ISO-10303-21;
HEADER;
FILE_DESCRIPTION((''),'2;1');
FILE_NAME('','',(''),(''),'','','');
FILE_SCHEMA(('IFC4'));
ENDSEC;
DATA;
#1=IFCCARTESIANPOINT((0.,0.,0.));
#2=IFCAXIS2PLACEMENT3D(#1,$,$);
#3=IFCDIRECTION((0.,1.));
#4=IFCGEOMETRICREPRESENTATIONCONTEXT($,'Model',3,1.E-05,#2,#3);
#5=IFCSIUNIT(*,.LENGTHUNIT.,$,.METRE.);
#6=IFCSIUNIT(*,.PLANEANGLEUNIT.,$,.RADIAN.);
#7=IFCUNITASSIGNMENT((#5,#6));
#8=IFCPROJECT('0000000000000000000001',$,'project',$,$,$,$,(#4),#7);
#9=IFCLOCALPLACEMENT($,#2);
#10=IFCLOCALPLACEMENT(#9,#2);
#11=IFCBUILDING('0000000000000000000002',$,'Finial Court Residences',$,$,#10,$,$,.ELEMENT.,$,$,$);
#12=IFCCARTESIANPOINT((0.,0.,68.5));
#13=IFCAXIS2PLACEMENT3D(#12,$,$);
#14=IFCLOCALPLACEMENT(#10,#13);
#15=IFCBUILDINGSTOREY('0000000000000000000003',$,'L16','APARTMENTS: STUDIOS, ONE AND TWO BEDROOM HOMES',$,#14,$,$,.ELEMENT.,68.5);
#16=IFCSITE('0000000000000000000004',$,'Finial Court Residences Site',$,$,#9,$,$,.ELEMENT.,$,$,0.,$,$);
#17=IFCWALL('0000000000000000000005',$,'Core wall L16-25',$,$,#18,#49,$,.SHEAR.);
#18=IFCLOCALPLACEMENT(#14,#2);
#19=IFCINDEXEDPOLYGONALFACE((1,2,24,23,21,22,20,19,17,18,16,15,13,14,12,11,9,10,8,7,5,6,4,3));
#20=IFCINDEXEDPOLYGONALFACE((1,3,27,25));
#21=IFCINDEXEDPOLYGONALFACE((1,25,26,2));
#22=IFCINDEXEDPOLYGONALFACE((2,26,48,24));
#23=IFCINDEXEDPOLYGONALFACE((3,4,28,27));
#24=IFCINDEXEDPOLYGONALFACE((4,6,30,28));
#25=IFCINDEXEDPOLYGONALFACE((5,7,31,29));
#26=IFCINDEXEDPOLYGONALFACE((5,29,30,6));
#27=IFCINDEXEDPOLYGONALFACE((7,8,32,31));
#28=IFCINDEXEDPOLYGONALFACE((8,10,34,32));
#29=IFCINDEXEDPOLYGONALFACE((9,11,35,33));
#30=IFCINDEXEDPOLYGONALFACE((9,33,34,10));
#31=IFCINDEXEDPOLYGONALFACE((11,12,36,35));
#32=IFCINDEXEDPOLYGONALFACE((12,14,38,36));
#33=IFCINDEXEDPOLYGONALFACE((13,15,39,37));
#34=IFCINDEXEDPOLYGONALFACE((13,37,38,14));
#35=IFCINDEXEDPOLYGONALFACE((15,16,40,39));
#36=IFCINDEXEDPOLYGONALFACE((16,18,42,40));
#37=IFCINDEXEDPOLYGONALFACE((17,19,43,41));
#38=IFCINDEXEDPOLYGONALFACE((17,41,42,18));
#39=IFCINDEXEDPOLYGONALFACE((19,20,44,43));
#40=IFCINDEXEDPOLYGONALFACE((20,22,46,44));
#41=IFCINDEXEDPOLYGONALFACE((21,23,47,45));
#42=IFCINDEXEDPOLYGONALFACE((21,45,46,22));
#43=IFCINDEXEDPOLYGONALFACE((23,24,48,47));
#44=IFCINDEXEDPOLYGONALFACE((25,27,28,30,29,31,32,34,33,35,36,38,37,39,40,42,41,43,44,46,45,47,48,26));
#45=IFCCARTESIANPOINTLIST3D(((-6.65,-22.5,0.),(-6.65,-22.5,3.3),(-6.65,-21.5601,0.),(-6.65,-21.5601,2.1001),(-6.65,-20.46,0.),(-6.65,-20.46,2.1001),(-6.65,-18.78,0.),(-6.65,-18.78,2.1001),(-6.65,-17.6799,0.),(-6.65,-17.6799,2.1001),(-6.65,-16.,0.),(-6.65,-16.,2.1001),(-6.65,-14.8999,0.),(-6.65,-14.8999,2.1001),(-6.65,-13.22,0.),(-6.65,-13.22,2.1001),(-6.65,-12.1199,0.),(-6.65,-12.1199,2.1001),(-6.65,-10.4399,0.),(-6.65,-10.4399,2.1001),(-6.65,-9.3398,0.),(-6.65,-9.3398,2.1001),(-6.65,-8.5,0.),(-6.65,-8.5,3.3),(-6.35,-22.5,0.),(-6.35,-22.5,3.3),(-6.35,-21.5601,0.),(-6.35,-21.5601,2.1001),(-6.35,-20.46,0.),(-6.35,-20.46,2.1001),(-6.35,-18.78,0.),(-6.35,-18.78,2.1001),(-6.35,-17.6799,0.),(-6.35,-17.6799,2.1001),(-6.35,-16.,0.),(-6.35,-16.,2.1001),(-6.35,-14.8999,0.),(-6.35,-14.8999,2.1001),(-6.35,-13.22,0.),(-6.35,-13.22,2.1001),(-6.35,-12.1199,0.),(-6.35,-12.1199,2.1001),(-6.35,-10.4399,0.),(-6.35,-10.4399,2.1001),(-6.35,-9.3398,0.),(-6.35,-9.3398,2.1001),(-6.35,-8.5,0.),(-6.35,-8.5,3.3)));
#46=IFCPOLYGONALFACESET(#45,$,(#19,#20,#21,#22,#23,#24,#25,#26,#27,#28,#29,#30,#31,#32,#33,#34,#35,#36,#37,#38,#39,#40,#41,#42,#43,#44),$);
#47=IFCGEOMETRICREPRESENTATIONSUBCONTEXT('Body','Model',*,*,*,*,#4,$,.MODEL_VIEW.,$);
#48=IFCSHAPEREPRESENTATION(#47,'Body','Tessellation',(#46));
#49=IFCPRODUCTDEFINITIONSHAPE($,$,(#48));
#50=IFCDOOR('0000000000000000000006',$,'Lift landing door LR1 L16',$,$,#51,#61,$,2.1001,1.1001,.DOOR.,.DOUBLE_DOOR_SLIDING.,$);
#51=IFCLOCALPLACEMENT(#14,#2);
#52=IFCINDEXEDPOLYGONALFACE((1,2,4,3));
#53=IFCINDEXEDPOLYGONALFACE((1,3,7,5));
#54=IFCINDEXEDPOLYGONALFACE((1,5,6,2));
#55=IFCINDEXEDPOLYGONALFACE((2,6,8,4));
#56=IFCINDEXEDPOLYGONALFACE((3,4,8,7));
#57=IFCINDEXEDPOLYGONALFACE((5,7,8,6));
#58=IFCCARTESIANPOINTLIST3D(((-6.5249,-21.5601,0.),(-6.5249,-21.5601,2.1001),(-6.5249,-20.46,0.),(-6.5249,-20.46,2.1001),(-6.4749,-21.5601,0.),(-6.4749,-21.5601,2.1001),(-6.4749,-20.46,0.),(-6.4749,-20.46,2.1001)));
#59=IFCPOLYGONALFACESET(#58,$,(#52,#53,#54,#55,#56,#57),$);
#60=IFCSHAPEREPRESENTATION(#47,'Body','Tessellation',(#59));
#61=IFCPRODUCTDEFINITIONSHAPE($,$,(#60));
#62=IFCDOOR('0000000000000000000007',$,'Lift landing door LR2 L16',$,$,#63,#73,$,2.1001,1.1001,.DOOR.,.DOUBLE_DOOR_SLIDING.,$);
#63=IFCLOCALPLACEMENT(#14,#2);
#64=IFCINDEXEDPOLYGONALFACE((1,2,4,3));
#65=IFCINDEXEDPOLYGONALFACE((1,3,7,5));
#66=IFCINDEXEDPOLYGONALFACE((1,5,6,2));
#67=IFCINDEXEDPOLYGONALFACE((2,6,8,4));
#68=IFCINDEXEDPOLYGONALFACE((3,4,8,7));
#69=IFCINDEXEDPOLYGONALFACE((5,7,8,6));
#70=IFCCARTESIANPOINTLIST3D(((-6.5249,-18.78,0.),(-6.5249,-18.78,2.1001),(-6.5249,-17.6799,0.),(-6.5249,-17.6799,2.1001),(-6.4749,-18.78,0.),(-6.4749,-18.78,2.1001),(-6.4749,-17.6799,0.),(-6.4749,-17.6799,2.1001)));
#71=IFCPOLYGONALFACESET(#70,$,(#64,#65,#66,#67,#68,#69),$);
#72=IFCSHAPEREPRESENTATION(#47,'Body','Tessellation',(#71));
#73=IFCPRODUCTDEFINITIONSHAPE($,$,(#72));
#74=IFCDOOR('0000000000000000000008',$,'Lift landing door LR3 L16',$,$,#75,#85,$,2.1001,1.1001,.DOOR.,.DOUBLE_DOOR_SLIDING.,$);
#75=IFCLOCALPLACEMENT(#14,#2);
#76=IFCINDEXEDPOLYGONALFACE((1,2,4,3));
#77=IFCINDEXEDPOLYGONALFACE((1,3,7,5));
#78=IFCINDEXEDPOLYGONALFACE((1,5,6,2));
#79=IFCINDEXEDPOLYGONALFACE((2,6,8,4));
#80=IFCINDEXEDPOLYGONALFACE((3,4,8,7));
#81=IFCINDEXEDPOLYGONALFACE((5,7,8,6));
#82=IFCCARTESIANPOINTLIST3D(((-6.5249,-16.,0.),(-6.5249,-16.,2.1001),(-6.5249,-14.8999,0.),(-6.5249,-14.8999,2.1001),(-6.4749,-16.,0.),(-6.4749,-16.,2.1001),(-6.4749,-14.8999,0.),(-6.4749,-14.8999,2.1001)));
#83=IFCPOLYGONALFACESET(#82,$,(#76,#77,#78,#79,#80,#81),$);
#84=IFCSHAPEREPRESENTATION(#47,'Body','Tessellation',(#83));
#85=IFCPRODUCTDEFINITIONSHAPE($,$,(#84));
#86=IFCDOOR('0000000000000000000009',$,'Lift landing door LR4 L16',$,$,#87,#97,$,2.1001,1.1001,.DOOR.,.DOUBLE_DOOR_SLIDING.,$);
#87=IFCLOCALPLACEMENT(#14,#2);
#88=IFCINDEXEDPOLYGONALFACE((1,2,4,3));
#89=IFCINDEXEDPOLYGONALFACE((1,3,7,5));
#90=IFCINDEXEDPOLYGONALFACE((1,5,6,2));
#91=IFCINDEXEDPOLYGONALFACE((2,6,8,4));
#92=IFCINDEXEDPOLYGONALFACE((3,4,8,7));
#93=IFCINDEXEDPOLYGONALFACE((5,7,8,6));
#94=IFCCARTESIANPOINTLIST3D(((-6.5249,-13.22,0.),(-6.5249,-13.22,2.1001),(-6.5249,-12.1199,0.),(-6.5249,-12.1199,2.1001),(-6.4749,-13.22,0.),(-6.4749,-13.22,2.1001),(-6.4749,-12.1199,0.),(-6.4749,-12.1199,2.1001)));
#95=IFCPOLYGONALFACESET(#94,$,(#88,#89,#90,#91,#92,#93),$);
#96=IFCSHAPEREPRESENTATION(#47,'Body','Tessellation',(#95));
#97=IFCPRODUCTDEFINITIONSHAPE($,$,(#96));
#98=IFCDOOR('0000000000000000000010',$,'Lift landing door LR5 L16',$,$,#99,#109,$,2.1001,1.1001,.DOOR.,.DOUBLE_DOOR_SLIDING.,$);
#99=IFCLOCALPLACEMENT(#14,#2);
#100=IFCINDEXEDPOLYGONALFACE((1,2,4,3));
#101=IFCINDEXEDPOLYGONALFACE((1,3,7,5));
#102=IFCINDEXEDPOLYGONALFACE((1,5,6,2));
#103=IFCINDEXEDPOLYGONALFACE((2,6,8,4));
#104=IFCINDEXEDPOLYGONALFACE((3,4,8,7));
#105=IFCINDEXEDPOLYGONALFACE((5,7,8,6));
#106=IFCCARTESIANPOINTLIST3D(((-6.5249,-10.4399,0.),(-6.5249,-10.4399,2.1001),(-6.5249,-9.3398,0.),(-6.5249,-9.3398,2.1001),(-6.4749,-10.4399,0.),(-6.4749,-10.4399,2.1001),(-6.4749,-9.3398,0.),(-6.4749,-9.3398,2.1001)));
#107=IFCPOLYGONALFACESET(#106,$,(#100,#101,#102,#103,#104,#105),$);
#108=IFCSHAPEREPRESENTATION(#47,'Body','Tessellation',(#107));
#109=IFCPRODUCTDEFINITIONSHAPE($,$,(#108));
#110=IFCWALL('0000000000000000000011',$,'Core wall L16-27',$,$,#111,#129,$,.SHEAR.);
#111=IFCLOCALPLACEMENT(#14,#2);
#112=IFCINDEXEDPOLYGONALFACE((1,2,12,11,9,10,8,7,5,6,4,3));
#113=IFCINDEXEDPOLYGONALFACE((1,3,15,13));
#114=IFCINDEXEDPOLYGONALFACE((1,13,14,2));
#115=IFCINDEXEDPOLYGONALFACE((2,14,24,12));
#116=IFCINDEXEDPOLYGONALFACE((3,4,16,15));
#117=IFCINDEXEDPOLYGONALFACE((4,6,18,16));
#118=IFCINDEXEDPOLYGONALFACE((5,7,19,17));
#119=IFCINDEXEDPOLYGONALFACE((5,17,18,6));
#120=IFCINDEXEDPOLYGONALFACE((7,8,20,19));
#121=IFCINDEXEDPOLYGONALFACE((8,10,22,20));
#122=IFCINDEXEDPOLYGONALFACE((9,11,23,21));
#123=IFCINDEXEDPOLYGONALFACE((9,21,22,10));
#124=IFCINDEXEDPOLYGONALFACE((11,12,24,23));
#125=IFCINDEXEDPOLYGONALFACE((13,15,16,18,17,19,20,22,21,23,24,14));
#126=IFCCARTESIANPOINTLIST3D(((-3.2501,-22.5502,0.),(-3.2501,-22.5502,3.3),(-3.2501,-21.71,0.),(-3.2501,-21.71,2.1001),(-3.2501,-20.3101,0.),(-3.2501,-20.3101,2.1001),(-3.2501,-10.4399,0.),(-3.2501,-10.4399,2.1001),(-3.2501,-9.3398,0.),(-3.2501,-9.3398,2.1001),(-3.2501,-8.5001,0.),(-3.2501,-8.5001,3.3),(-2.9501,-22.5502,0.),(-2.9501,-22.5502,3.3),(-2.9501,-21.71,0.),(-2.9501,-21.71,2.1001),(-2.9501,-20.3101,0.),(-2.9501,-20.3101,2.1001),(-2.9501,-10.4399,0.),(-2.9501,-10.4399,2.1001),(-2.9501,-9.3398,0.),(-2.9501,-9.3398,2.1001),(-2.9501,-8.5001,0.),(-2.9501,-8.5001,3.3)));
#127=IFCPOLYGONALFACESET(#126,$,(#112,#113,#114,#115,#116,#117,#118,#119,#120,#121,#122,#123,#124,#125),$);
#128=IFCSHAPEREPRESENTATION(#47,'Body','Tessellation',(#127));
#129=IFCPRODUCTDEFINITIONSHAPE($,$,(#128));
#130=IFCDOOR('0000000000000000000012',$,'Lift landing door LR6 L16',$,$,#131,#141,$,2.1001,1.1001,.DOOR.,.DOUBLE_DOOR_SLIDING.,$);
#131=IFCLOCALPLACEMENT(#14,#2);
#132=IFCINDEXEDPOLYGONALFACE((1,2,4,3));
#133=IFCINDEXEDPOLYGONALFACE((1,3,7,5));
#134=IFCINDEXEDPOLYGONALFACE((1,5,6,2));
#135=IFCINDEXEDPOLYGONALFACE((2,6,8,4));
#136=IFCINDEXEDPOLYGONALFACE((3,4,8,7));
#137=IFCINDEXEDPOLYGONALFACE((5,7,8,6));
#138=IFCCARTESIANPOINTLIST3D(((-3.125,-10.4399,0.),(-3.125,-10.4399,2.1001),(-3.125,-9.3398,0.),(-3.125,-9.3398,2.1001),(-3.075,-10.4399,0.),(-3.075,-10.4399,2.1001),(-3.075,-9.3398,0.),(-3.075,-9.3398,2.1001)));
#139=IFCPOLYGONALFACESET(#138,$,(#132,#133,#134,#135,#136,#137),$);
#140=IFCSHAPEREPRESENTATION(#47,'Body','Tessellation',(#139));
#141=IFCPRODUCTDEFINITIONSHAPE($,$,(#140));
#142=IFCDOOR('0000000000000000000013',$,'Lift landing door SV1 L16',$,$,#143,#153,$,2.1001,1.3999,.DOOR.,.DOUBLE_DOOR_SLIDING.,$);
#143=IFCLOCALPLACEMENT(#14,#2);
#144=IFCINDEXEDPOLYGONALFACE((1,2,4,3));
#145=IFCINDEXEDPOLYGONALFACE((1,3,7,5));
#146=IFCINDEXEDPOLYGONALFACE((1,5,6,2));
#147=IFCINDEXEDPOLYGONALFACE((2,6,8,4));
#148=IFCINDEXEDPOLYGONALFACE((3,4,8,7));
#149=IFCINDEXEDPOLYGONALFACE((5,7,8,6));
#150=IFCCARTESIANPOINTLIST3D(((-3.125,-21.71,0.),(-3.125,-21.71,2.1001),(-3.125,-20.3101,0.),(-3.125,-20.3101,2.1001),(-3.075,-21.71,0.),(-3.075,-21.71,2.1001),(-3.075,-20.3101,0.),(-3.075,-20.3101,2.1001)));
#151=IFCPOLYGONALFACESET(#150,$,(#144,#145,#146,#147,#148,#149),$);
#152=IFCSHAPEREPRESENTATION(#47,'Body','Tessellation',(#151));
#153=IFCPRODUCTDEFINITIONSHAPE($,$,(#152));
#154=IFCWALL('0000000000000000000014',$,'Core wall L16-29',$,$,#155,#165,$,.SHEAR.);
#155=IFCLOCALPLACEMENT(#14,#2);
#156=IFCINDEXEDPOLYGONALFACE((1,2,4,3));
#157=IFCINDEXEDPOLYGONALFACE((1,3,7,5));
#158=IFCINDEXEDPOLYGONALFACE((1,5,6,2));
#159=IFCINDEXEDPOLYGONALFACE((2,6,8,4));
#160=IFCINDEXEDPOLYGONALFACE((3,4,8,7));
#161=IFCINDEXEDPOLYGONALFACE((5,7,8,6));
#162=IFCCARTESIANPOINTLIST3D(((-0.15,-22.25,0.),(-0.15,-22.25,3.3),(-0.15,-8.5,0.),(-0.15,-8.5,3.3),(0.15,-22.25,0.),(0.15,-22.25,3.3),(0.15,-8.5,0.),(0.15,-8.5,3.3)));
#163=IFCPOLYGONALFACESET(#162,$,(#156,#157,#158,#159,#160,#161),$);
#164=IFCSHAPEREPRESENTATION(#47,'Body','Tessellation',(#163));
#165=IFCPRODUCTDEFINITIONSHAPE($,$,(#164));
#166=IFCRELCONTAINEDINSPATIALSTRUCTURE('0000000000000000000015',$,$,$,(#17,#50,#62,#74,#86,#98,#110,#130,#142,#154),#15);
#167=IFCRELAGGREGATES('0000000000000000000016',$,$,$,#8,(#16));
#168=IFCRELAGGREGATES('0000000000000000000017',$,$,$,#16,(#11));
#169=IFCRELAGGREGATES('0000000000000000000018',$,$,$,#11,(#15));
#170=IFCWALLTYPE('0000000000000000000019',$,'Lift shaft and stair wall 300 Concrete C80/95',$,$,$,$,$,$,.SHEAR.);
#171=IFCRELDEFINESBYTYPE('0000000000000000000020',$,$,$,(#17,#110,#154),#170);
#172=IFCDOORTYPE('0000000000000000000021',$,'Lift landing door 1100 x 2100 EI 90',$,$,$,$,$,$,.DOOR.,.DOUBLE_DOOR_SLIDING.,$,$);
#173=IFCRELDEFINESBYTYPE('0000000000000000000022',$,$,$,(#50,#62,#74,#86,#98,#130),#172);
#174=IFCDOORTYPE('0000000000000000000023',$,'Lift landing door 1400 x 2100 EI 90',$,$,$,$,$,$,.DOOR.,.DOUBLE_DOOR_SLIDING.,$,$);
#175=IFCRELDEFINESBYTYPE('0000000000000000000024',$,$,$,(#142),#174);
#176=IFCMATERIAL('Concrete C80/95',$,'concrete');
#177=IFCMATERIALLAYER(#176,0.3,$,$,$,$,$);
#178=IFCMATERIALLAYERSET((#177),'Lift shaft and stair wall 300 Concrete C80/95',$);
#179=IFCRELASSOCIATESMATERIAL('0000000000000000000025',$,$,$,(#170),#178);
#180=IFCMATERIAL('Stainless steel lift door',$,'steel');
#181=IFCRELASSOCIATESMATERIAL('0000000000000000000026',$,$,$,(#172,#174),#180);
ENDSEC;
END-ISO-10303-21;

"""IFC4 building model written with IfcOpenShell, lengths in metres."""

from ifc_helpers import new_model, si_unit, direction, frame, frame_2d, origin, place, context, subcontext, project, spatial, rectangle, extrude, material, layer, layer_set, type_object, element, fill, save


model = new_model("IFC4")

# Units and contexts
model_context = context("Model", 3, precision=1e-05, world=origin(), true_north=direction((0.0, 1.0)))
body_context = subcontext(model_context, "Body", "Model", "MODEL_VIEW")
ifc_project = project(units=[si_unit("LENGTHUNIT", "METRE"), si_unit("PLANEANGLEUNIT", "RADIAN")], contexts=[model_context])

# Site, building, storey
site_placement = place(None, origin())
site = spatial("IfcSite", under=ifc_project, at=site_placement, Name="Finial Court Residences Site", CompositionType="ELEMENT", RefElevation=0.0)
building_placement = place(site_placement, origin())
building = spatial("IfcBuilding", under=site, at=building_placement, Name="Finial Court Residences", CompositionType="ELEMENT")
storey_placement = place(building_placement, frame((0.0, 0.0, 68.5)))
storey = spatial("IfcBuildingStorey", under=building, at=storey_placement, Name="L16", Description="APARTMENTS: STUDIOS, ONE AND TWO BEDROOM HOMES", CompositionType="ELEMENT", Elevation=68.5)

# Shared definitions
ifc_material_1 = material(Name="Concrete C80/95", Category="concrete")
ifc_layer_1 = layer(ifc_material_1, 0.3)
ifc_layer_set_1 = layer_set([ifc_layer_1], Name="Lift shaft and stair wall 300 Concrete C80/95")
wall_type_1 = type_object("IfcWallType", Name="Lift shaft and stair wall 300 Concrete C80/95", PredefinedType="SHEAR", material=ifc_layer_set_1)

# Walls, openings, doors
wall_1_placement = place(storey_placement, frame((-6.5, -22.5, 0.0), z_axis=(0.0, 0.0, 1.0), x_axis=(0.0, 1.0, 0.0)))
wall_1 = element("IfcWall", 1, at=wall_1_placement, inside=storey, type_object=wall_type_1, Name="Core wall L16-25", PredefinedType="SHEAR", context=body_context, shape_type="SweptSolid", body=[
    extrude(rectangle(XDim=14.0, YDim=0.3, at=frame_2d((7.0, 0.0))), origin(), (0.0, 0.0, 1.0), 3.3),
])
opening_1_placement = place(wall_1_placement, frame((0.9399, 0.0, 0.0)))
opening_1 = element("IfcOpeningElement", 2, at=opening_1_placement, cuts=wall_1, PredefinedType="OPENING", context=body_context, shape_type="SweptSolid", body=[
    extrude(rectangle(XDim=1.1001, YDim=2.1001, at=frame_2d((0.55, 1.05))), frame((0.0, 0.1599, 0.0), z_axis=(0.0, -1.0, 0.0), x_axis=(1.0, 0.0, 0.0)), (0.0, 0.0, 1.0), 0.3201),
])
opening_2_placement = place(wall_1_placement, frame((3.72, 0.0, 0.0)))
opening_2 = element("IfcOpeningElement", 3, at=opening_2_placement, cuts=wall_1, PredefinedType="OPENING", context=body_context, shape_type="SweptSolid", body=[
    extrude(rectangle(XDim=1.1001, YDim=2.1001, at=frame_2d((0.55, 1.05))), frame((0.0, 0.1599, 0.0), z_axis=(0.0, -1.0, 0.0), x_axis=(1.0, 0.0, 0.0)), (0.0, 0.0, 1.0), 0.3201),
])
opening_3_placement = place(wall_1_placement, frame((6.5, 0.0, 0.0)))
opening_3 = element("IfcOpeningElement", 4, at=opening_3_placement, cuts=wall_1, PredefinedType="OPENING", context=body_context, shape_type="SweptSolid", body=[
    extrude(rectangle(XDim=1.1001, YDim=2.1001, at=frame_2d((0.55, 1.05))), frame((0.0, 0.1599, 0.0), z_axis=(0.0, -1.0, 0.0), x_axis=(1.0, 0.0, 0.0)), (0.0, 0.0, 1.0), 0.3201),
])
opening_4_placement = place(wall_1_placement, frame((9.28, 0.0, 0.0)))
opening_4 = element("IfcOpeningElement", 5, at=opening_4_placement, cuts=wall_1, PredefinedType="OPENING", context=body_context, shape_type="SweptSolid", body=[
    extrude(rectangle(XDim=1.1001, YDim=2.1001, at=frame_2d((0.55, 1.05))), frame((0.0, 0.1599, 0.0), z_axis=(0.0, -1.0, 0.0), x_axis=(1.0, 0.0, 0.0)), (0.0, 0.0, 1.0), 0.3201),
])
opening_5_placement = place(wall_1_placement, frame((12.0601, 0.0, 0.0)))
opening_5 = element("IfcOpeningElement", 6, at=opening_5_placement, cuts=wall_1, PredefinedType="OPENING", context=body_context, shape_type="SweptSolid", body=[
    extrude(rectangle(XDim=1.1001, YDim=2.1001, at=frame_2d((0.55, 1.05))), frame((0.0, 0.1599, 0.0), z_axis=(0.0, -1.0, 0.0), x_axis=(1.0, 0.0, 0.0)), (0.0, 0.0, 1.0), 0.3201),
])
ifc_material_2 = material(Name="Stainless steel lift door", Category="steel")
door_type_1 = type_object("IfcDoorType", Name="Lift landing door 1100 x 2100 EI 90", OperationType="DOUBLE_DOOR_SLIDING", PredefinedType="DOOR", material=ifc_material_2)
door_1_placement = place(opening_1_placement, origin())
door_1 = element("IfcDoor", 7, at=door_1_placement, inside=storey, type_object=door_type_1, Name="Lift landing door LR1 L16", OperationType="DOUBLE_DOOR_SLIDING", OverallHeight=2.1001, OverallWidth=1.1001, PredefinedType="DOOR", context=body_context, shape_type="SweptSolid", body=[
    extrude(rectangle(XDim=1.1001, YDim=2.1001, at=frame_2d((0.55, 1.05))), frame((0.0, 0.0249, 0.0), z_axis=(0.0, -1.0, 0.0), x_axis=(1.0, 0.0, 0.0)), (0.0, 0.0, 1.0), 0.05),
])
fill(opening_1, door_1)
door_2_placement = place(opening_2_placement, origin())
door_2 = element("IfcDoor", 8, at=door_2_placement, inside=storey, type_object=door_type_1, Name="Lift landing door LR2 L16", OperationType="DOUBLE_DOOR_SLIDING", OverallHeight=2.1001, OverallWidth=1.1001, PredefinedType="DOOR", context=body_context, shape_type="SweptSolid", body=[
    extrude(rectangle(XDim=1.1001, YDim=2.1001, at=frame_2d((0.55, 1.05))), frame((0.0, 0.0249, 0.0), z_axis=(0.0, -1.0, 0.0), x_axis=(1.0, 0.0, 0.0)), (0.0, 0.0, 1.0), 0.05),
])
fill(opening_2, door_2)
door_3_placement = place(opening_3_placement, origin())
door_3 = element("IfcDoor", 9, at=door_3_placement, inside=storey, type_object=door_type_1, Name="Lift landing door LR3 L16", OperationType="DOUBLE_DOOR_SLIDING", OverallHeight=2.1001, OverallWidth=1.1001, PredefinedType="DOOR", context=body_context, shape_type="SweptSolid", body=[
    extrude(rectangle(XDim=1.1001, YDim=2.1001, at=frame_2d((0.55, 1.05))), frame((0.0, 0.0249, 0.0), z_axis=(0.0, -1.0, 0.0), x_axis=(1.0, 0.0, 0.0)), (0.0, 0.0, 1.0), 0.05),
])
fill(opening_3, door_3)
door_4_placement = place(opening_4_placement, origin())
door_4 = element("IfcDoor", 10, at=door_4_placement, inside=storey, type_object=door_type_1, Name="Lift landing door LR4 L16", OperationType="DOUBLE_DOOR_SLIDING", OverallHeight=2.1001, OverallWidth=1.1001, PredefinedType="DOOR", context=body_context, shape_type="SweptSolid", body=[
    extrude(rectangle(XDim=1.1001, YDim=2.1001, at=frame_2d((0.55, 1.05))), frame((0.0, 0.0249, 0.0), z_axis=(0.0, -1.0, 0.0), x_axis=(1.0, 0.0, 0.0)), (0.0, 0.0, 1.0), 0.05),
])
fill(opening_4, door_4)
door_5_placement = place(opening_5_placement, origin())
door_5 = element("IfcDoor", 11, at=door_5_placement, inside=storey, type_object=door_type_1, Name="Lift landing door LR5 L16", OperationType="DOUBLE_DOOR_SLIDING", OverallHeight=2.1001, OverallWidth=1.1001, PredefinedType="DOOR", context=body_context, shape_type="SweptSolid", body=[
    extrude(rectangle(XDim=1.1001, YDim=2.1001, at=frame_2d((0.55, 1.05))), frame((0.0, 0.0249, 0.0), z_axis=(0.0, -1.0, 0.0), x_axis=(1.0, 0.0, 0.0)), (0.0, 0.0, 1.0), 0.05),
])
fill(opening_5, door_5)
wall_2_placement = place(storey_placement, frame((-3.1001, -22.55, 0.0), z_axis=(0.0, 0.0, 1.0), x_axis=(0.0, 1.0, 0.0)))
wall_2 = element("IfcWall", 12, at=wall_2_placement, inside=storey, type_object=wall_type_1, Name="Core wall L16-27", PredefinedType="SHEAR", context=body_context, shape_type="SweptSolid", body=[
    extrude(rectangle(XDim=14.05, YDim=0.3, at=frame_2d((7.0249, 0.0))), origin(), (0.0, 0.0, 1.0), 3.3),
])
opening_6_placement = place(wall_2_placement, frame((12.1101, 0.0, 0.0)))
opening_6 = element("IfcOpeningElement", 13, at=opening_6_placement, cuts=wall_2, PredefinedType="OPENING", context=body_context, shape_type="SweptSolid", body=[
    extrude(rectangle(XDim=1.1001, YDim=2.1001, at=frame_2d((0.55, 1.05))), frame((0.0, 0.1599, 0.0), z_axis=(0.0, -1.0, 0.0), x_axis=(1.0, 0.0, 0.0)), (0.0, 0.0, 1.0), 0.3201),
])
opening_7_placement = place(wall_2_placement, frame((0.8401, 0.0, 0.0)))
opening_7 = element("IfcOpeningElement", 14, at=opening_7_placement, cuts=wall_2, PredefinedType="OPENING", context=body_context, shape_type="SweptSolid", body=[
    extrude(rectangle(XDim=1.3999, YDim=2.1001, at=frame_2d((0.7, 1.05))), frame((0.0, 0.1599, 0.0), z_axis=(0.0, -1.0, 0.0), x_axis=(1.0, 0.0, 0.0)), (0.0, 0.0, 1.0), 0.3201),
])
door_6_placement = place(opening_6_placement, origin())
door_6 = element("IfcDoor", 15, at=door_6_placement, inside=storey, type_object=door_type_1, Name="Lift landing door LR6 L16", OperationType="DOUBLE_DOOR_SLIDING", OverallHeight=2.1001, OverallWidth=1.1001, PredefinedType="DOOR", context=body_context, shape_type="SweptSolid", body=[
    extrude(rectangle(XDim=1.1001, YDim=2.1001, at=frame_2d((0.55, 1.05))), frame((0.0, 0.0249, 0.0), z_axis=(0.0, -1.0, 0.0), x_axis=(1.0, 0.0, 0.0)), (0.0, 0.0, 1.0), 0.05),
])
fill(opening_6, door_6)
door_type_2 = type_object("IfcDoorType", Name="Lift landing door 1400 x 2100 EI 90", OperationType="DOUBLE_DOOR_SLIDING", PredefinedType="DOOR", material=ifc_material_2)
door_7_placement = place(opening_7_placement, origin())
door_7 = element("IfcDoor", 16, at=door_7_placement, inside=storey, type_object=door_type_2, Name="Lift landing door SV1 L16", OperationType="DOUBLE_DOOR_SLIDING", OverallHeight=2.1001, OverallWidth=1.3999, PredefinedType="DOOR", context=body_context, shape_type="SweptSolid", body=[
    extrude(rectangle(XDim=1.3999, YDim=2.1001, at=frame_2d((0.7, 1.05))), frame((0.0, 0.0249, 0.0), z_axis=(0.0, -1.0, 0.0), x_axis=(1.0, 0.0, 0.0)), (0.0, 0.0, 1.0), 0.05),
])
fill(opening_7, door_7)

# Wall
wall_3_placement = place(storey_placement, frame((0.0, -22.25, 0.0), z_axis=(0.0, 0.0, 1.0), x_axis=(0.0, 1.0, 0.0)))
element("IfcWall", 17, at=wall_3_placement, inside=storey, type_object=wall_type_1, Name="Core wall L16-29", PredefinedType="SHEAR", context=body_context, shape_type="SweptSolid", body=[
    extrude(rectangle(XDim=13.75, YDim=0.3, at=frame_2d((6.875, 0.0))), origin(), (0.0, 0.0, 1.0), 3.3),
])

save(model, "model.ifc")
